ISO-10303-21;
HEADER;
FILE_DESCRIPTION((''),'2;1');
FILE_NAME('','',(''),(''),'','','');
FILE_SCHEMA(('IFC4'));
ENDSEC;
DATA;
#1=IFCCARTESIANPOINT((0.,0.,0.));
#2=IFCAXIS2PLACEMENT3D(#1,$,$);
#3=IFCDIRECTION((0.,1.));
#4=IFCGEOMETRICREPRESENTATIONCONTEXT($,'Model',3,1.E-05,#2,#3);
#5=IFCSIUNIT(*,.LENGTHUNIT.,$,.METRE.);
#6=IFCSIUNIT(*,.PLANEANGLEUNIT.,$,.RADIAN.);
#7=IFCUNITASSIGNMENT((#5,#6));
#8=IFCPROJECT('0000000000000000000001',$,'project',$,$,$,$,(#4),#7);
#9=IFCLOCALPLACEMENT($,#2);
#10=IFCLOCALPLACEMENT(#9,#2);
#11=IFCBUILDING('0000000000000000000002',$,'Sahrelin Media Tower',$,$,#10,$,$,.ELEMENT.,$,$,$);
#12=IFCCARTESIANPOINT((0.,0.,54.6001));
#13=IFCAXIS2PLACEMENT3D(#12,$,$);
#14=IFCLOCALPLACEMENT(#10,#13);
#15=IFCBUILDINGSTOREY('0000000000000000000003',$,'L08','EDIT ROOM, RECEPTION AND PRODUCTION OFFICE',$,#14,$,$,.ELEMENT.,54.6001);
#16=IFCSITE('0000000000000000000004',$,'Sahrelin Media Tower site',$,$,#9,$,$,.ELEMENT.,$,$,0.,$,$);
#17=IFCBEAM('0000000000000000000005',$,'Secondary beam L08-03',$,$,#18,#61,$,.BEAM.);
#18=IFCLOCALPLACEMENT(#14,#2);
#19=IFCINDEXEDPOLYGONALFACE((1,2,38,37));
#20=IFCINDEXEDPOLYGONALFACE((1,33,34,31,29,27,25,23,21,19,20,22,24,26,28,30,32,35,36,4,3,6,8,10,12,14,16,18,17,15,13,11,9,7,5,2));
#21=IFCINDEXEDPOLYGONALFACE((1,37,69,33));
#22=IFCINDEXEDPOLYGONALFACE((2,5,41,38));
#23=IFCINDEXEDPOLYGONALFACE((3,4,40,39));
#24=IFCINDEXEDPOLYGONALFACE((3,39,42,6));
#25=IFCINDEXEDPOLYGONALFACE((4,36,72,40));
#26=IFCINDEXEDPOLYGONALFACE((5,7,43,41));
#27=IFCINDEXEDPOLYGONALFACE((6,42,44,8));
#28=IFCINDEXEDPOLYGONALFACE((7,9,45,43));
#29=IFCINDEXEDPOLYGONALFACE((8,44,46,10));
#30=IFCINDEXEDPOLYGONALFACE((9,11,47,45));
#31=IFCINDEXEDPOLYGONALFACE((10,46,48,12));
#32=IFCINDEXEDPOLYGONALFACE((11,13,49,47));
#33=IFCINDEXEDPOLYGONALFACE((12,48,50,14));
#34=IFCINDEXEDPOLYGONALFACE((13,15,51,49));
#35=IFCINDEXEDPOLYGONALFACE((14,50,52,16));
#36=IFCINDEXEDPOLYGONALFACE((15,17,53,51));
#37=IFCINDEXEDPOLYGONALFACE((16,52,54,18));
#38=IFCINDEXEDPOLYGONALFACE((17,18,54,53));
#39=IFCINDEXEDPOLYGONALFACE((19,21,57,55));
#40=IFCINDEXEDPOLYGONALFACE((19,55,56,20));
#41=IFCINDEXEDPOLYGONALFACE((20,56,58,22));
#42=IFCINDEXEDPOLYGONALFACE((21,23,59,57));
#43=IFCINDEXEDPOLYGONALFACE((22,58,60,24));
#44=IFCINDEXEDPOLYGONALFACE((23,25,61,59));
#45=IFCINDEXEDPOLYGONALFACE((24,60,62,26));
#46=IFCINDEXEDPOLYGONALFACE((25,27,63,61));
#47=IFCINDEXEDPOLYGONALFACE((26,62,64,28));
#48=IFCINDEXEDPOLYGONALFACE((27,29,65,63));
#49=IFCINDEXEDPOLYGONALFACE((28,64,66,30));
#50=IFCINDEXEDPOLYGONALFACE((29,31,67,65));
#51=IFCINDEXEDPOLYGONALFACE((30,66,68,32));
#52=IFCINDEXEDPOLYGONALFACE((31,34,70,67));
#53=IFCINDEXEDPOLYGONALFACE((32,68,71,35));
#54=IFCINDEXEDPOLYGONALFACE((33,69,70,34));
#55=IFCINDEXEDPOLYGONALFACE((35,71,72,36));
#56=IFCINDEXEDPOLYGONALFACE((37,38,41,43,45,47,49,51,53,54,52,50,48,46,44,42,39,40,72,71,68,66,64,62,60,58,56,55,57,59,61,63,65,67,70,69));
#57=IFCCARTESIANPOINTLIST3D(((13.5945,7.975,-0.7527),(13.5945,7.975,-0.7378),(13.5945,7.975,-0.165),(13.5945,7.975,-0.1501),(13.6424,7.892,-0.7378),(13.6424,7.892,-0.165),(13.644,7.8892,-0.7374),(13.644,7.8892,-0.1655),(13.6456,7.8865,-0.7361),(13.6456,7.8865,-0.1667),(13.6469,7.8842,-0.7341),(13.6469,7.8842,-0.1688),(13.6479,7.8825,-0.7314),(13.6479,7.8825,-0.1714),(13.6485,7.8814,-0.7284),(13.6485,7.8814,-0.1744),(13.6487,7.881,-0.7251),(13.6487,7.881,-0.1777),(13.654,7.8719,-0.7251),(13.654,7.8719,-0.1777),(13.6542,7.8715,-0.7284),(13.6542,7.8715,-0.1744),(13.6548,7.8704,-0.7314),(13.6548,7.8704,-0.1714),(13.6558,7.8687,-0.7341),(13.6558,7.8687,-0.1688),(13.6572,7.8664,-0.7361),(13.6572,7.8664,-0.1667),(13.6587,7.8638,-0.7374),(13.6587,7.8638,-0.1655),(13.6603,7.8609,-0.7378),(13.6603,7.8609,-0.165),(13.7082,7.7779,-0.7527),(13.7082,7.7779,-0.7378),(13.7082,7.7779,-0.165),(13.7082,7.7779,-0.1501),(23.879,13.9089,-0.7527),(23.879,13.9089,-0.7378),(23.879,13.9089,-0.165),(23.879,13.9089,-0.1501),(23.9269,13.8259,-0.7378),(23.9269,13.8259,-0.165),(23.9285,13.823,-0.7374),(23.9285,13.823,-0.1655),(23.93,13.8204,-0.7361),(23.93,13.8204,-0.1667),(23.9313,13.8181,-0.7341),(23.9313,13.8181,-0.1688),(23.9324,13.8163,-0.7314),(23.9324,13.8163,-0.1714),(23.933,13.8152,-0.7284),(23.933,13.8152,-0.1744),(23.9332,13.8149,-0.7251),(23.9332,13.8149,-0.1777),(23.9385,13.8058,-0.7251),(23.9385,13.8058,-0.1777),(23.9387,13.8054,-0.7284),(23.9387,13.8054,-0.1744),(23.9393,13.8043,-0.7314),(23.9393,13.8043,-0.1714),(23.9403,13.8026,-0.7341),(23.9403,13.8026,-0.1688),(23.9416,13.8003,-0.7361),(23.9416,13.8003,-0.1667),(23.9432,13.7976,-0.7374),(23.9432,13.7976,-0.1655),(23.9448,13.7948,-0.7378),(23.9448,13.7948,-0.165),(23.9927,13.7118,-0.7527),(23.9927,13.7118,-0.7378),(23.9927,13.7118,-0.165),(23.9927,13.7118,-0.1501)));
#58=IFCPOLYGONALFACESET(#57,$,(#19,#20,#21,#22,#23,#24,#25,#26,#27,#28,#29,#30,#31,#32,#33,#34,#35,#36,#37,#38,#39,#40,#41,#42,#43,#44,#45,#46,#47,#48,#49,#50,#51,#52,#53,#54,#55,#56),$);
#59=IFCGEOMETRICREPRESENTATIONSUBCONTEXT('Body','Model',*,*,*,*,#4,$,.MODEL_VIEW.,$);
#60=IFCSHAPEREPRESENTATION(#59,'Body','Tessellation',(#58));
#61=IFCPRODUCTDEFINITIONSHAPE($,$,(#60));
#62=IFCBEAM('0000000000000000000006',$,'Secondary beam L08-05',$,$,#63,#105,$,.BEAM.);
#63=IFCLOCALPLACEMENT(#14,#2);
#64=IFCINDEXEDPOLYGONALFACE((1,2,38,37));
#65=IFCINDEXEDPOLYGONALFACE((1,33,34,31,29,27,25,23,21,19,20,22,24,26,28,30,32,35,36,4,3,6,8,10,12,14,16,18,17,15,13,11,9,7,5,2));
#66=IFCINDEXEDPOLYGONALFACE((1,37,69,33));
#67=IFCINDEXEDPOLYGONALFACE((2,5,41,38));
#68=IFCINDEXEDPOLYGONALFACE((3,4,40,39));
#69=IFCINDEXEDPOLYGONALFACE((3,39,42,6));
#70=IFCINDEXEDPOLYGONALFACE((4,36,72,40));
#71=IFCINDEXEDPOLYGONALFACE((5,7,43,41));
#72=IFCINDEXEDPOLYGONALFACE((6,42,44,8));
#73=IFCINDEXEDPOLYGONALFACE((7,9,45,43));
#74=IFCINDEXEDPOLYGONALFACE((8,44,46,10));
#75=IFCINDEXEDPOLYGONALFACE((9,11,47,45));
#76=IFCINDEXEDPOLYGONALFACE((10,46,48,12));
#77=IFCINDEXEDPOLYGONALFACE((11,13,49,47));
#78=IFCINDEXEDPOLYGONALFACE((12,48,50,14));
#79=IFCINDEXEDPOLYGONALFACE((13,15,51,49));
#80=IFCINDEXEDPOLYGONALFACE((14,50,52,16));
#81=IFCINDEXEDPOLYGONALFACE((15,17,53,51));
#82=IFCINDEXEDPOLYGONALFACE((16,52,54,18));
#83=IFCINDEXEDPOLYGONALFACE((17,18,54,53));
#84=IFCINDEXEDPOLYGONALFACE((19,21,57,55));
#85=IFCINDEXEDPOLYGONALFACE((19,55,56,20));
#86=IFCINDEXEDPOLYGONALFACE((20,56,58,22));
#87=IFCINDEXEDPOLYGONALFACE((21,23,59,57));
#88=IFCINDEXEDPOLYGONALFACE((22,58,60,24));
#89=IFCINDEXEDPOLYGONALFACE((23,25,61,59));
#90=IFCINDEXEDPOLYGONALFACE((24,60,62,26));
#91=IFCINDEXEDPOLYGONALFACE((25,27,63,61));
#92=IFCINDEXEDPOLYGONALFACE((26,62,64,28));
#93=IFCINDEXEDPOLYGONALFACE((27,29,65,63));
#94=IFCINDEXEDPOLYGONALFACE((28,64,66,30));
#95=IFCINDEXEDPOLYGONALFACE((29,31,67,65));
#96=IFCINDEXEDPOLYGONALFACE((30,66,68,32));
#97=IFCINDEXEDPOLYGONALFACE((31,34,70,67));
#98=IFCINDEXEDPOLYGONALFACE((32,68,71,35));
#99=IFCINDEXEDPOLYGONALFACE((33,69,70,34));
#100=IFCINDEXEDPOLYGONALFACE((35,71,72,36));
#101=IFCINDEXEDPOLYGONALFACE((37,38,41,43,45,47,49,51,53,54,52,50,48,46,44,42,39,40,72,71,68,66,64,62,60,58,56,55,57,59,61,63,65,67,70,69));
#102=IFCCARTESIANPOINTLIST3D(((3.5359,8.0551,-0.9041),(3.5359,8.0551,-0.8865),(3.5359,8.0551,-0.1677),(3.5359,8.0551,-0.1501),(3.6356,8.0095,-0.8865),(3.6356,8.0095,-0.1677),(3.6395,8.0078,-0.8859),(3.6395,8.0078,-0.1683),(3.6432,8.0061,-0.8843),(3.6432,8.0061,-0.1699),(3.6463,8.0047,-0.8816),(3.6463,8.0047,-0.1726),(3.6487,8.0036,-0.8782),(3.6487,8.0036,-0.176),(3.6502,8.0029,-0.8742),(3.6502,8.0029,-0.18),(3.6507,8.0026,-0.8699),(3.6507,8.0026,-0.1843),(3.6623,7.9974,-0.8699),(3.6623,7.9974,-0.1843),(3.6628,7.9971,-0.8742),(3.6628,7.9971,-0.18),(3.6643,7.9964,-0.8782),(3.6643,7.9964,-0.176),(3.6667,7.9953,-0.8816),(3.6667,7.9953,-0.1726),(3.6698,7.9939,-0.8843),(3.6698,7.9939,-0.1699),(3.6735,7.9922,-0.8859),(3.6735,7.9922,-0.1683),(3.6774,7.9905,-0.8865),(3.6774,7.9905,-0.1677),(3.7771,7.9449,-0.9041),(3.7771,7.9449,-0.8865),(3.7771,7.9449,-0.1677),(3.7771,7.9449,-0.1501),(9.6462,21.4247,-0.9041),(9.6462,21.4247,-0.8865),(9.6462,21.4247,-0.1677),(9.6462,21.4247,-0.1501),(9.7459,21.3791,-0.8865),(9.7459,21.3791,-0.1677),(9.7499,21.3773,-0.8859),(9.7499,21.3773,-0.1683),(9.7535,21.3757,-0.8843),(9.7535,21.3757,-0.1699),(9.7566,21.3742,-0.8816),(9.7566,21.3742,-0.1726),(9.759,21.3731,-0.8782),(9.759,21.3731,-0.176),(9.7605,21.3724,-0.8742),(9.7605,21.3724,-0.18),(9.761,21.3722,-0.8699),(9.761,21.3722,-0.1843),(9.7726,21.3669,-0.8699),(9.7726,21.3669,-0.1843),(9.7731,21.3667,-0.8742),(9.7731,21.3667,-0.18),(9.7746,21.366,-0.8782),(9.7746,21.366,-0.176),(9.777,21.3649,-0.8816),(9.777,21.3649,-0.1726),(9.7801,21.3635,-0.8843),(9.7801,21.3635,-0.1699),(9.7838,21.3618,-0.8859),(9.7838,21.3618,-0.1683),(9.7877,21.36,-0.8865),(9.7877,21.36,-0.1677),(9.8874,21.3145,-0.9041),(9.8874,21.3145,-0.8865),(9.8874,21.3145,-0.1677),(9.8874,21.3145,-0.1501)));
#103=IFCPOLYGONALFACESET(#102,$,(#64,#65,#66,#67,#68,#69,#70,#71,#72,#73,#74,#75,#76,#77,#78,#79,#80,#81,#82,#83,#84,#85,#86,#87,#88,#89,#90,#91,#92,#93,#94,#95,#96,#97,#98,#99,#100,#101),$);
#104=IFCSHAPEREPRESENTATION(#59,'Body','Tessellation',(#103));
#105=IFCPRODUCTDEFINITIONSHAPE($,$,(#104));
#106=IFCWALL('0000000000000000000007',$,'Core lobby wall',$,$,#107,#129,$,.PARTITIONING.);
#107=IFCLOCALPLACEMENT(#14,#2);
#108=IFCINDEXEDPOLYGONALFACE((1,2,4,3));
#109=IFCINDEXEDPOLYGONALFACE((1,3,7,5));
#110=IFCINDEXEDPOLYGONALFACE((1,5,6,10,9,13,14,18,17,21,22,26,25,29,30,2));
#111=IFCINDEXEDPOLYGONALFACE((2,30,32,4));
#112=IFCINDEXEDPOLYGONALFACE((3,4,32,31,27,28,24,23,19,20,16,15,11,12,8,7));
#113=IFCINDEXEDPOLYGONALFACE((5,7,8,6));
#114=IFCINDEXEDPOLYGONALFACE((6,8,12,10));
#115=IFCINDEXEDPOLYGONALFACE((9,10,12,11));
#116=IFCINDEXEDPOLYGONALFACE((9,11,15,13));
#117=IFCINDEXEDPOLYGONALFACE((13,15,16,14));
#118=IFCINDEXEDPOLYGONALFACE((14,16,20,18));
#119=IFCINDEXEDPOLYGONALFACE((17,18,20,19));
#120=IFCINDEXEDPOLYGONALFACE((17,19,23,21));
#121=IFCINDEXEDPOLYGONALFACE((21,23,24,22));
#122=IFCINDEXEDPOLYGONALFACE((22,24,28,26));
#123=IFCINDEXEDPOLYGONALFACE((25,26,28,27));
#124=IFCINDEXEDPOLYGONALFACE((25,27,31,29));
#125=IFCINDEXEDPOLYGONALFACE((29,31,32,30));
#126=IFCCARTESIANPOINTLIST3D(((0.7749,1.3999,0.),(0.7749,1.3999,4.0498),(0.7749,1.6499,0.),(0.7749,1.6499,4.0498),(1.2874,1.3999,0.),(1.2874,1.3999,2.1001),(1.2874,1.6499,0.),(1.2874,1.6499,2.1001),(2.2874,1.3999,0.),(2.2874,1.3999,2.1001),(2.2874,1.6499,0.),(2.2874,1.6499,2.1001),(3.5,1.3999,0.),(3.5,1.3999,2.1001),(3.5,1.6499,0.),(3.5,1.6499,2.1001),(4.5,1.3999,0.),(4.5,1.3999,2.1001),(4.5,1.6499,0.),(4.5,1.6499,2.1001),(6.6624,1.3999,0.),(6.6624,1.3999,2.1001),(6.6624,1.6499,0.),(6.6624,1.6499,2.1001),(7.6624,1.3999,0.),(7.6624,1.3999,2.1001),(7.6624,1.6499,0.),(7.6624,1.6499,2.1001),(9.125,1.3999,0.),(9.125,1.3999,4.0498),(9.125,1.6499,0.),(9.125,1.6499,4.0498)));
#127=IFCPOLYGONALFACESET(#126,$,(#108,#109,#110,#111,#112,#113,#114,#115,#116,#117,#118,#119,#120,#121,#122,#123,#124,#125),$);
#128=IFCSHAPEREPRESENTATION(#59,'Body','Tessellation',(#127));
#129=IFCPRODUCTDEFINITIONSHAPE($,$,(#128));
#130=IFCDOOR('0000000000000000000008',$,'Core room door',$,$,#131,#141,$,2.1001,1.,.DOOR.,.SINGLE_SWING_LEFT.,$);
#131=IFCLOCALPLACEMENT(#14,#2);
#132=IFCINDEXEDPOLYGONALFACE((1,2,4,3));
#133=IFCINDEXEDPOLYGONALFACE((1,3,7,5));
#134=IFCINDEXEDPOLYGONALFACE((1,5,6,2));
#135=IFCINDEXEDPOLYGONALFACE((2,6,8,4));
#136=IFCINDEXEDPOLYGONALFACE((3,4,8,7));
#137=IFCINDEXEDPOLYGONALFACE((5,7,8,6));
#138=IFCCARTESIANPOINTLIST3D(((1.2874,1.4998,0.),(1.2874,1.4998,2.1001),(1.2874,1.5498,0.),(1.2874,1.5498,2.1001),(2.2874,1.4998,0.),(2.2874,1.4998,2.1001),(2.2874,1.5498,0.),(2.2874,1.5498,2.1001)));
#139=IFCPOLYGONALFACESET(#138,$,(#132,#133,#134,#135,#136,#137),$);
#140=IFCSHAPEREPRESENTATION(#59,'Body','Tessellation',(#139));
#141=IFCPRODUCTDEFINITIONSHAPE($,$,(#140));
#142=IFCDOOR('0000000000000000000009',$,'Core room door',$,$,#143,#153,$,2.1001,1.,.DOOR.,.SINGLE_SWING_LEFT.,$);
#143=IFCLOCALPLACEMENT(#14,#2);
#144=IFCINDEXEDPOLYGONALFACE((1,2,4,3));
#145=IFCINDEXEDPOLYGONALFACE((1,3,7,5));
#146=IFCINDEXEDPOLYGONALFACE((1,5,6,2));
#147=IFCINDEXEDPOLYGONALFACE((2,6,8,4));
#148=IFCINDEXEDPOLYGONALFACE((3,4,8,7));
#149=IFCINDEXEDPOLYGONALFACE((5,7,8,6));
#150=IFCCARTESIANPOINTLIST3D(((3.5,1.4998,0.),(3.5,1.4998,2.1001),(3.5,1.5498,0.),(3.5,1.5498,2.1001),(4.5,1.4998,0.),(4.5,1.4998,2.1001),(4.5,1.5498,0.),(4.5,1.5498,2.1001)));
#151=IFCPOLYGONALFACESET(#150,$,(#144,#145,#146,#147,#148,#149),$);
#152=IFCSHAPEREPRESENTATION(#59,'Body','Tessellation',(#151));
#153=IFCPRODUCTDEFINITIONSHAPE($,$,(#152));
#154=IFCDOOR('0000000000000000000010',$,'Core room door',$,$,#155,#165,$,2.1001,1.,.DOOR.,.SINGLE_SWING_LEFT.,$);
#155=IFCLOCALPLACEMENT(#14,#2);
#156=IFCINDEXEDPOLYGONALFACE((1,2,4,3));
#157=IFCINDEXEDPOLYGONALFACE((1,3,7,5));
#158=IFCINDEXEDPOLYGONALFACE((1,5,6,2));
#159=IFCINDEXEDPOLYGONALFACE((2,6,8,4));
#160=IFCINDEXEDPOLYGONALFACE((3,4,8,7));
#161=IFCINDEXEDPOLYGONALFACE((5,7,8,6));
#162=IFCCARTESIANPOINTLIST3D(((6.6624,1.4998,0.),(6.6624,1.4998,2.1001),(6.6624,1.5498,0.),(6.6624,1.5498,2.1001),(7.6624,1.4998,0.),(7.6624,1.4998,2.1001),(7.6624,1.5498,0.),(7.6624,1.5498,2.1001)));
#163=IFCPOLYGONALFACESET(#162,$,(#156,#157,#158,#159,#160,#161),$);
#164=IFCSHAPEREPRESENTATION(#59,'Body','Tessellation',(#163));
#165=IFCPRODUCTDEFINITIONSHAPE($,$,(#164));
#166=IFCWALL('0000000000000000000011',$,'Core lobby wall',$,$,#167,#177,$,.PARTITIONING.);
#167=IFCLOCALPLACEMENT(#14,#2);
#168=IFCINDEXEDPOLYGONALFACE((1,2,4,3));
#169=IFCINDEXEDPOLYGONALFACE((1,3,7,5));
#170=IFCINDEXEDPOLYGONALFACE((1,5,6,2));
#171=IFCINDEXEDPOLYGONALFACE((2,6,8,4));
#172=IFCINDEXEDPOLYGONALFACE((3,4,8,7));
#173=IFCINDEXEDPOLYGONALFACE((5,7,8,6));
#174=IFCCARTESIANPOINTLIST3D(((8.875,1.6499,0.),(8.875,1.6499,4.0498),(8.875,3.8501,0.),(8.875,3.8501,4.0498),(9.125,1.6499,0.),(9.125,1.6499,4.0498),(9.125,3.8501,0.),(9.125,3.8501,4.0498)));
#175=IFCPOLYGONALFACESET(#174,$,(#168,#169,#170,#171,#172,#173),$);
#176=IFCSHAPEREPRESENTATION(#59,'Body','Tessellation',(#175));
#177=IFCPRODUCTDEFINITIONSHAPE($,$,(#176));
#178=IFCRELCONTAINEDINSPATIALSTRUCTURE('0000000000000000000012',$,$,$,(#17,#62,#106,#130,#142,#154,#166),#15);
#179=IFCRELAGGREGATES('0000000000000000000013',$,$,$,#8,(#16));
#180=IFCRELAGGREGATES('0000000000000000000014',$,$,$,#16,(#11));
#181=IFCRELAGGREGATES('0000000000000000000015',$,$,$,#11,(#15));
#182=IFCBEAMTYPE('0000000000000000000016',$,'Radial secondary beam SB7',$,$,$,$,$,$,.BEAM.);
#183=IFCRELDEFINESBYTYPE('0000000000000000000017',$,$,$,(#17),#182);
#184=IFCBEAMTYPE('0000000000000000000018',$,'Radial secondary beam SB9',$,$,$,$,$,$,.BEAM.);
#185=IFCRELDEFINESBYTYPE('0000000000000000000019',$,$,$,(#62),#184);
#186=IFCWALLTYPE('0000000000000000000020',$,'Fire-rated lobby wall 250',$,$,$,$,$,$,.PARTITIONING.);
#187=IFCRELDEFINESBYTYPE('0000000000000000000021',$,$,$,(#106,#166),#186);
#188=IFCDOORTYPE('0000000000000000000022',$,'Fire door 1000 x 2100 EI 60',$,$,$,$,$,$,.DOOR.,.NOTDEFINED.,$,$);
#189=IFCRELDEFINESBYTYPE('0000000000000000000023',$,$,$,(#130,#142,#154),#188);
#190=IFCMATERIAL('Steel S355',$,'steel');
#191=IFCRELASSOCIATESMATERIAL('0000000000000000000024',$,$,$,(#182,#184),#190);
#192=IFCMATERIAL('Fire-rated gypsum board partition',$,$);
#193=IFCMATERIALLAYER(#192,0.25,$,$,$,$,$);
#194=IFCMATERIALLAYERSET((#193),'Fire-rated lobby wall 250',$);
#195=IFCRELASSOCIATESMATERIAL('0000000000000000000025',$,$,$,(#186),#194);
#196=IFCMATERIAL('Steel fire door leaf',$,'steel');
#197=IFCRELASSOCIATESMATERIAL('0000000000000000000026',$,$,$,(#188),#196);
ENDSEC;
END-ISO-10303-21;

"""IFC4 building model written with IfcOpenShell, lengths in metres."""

from ifc_helpers import new_model, si_unit, direction, frame, frame_2d, origin, origin_2d, place, context, subcontext, project, spatial, rectangle, i_section, extrude, material, layer, layer_set, material_profile, profile_set, type_object, element, fill, save


model = new_model("IFC4")

# Units and contexts
model_context = context("Model", 3, precision=1e-05, world=origin(), true_north=direction((0.0, 1.0)))
body_context = subcontext(model_context, "Body", "Model", "MODEL_VIEW")
ifc_project = project(units=[si_unit("LENGTHUNIT", "METRE"), si_unit("PLANEANGLEUNIT", "RADIAN")], contexts=[model_context])

# Site, building, storey
site_placement = place(None, origin())
site = spatial("IfcSite", under=ifc_project, at=site_placement, Name="Sahrelin Media Tower site", CompositionType="ELEMENT", RefElevation=0.0)
building_placement = place(site_placement, origin())
building = spatial("IfcBuilding", under=site, at=building_placement, Name="Sahrelin Media Tower", CompositionType="ELEMENT")
storey_placement = place(building_placement, frame((0.0, 0.0, 54.6001)))
storey = spatial("IfcBuildingStorey", under=building, at=storey_placement, Name="L08", Description="EDIT ROOM, RECEPTION AND PRODUCTION OFFICE", CompositionType="ELEMENT", Elevation=54.6001)

# Beams
ifc_material_1 = material(Name="Steel S355", Category="steel")
ifc_material_profile_1 = material_profile(ifc_material_1, i_section(OverallWidth=0.2275, OverallDepth=0.6025, WebThickness=0.0105, FlangeThickness=0.0149, FilletRadius=0.0127, at=origin_2d()), Name="UB 610x229x101")
ifc_profile_set_1 = profile_set([ifc_material_profile_1], Name="Steel S355")
beam_type_1 = type_object("IfcBeamType", Name="Radial secondary beam SB7", PredefinedType="BEAM", material=ifc_profile_set_1)
beam_1_placement = place(storey_placement, frame((13.6514, 7.8765, -0.4514), z_axis=(0.866167, 0.499755, 0.0), x_axis=(-0.499755, 0.866167, 0.0)))
element("IfcBeam", 1, at=beam_1_placement, inside=storey, type_object=beam_type_1, Name="Secondary beam L08-03", PredefinedType="BEAM", context=body_context, shape_type="SweptSolid", body=[
    extrude(i_section(OverallWidth=0.2275, OverallDepth=0.6025, WebThickness=0.0105, FlangeThickness=0.0149, FilletRadius=0.0127, at=origin_2d()), origin(), (0.0, 0.0, 1.0), 11.8735),
])
ifc_material_profile_2 = material_profile(ifc_material_1, i_section(OverallWidth=0.2651, OverallDepth=0.7539, WebThickness=0.0127, FlangeThickness=0.0176, FilletRadius=0.0166, at=origin_2d()), Name="UB 762x267x147")
ifc_profile_set_2 = profile_set([ifc_material_profile_2], Name="Steel S355")
beam_type_2 = type_object("IfcBeamType", Name="Radial secondary beam SB9", PredefinedType="BEAM", material=ifc_profile_set_2)
beam_2_placement = place(storey_placement, frame((3.6565, 8.0, -0.5271), z_axis=(0.415677, 0.909513, 0.0), x_axis=(-0.909513, 0.415677, 0.0)))
element("IfcBeam", 2, at=beam_2_placement, inside=storey, type_object=beam_type_2, Name="Secondary beam L08-05", PredefinedType="BEAM", context=body_context, shape_type="SweptSolid", body=[
    extrude(i_section(OverallWidth=0.2651, OverallDepth=0.7539, WebThickness=0.0127, FlangeThickness=0.0176, FilletRadius=0.0166, at=origin_2d()), origin(), (0.0, 0.0, 1.0), 14.6997),
])

# Wall, openings, doors
ifc_material_2 = material(Name="Fire-rated gypsum board partition")
ifc_layer_1 = layer(ifc_material_2, 0.25)
ifc_layer_set_1 = layer_set([ifc_layer_1], Name="Fire-rated lobby wall 250")
wall_type_1 = type_object("IfcWallType", Name="Fire-rated lobby wall 250", PredefinedType="PARTITIONING", material=ifc_layer_set_1)
wall_1_placement = place(storey_placement, frame((0.7749, 1.5249, 0.0), z_axis=(0.0, 0.0, 1.0), x_axis=(1.0, 0.0, 0.0)))
wall_1 = element("IfcWall", 3, at=wall_1_placement, inside=storey, type_object=wall_type_1, Name="Core lobby wall", PredefinedType="PARTITIONING", context=body_context, shape_type="SweptSolid", body=[
    extrude(rectangle(XDim=8.3501, YDim=0.25, at=frame_2d((4.175, 0.0))), origin(), (0.0, 0.0, 1.0), 4.0498),
])
opening_1_placement = place(wall_1_placement, frame((0.5125, 0.0, 0.0)))
opening_1 = element("IfcOpeningElement", 4, at=opening_1_placement, cuts=wall_1, PredefinedType="OPENING", context=body_context, shape_type="SweptSolid", body=[
    extrude(rectangle(XDim=1.0, YDim=2.1001, at=frame_2d((0.5, 1.05))), frame((0.0, 0.125, 0.0), z_axis=(0.0, -1.0, 0.0), x_axis=(1.0, 0.0, 0.0)), (0.0, 0.0, 1.0), 0.25),
])
opening_2_placement = place(wall_1_placement, frame((2.7251, 0.0, 0.0)))
opening_2 = element("IfcOpeningElement", 5, at=opening_2_placement, cuts=wall_1, PredefinedType="OPENING", context=body_context, shape_type="SweptSolid", body=[
    extrude(rectangle(XDim=1.0, YDim=2.1001, at=frame_2d((0.5, 1.05))), frame((0.0, 0.125, 0.0), z_axis=(0.0, -1.0, 0.0), x_axis=(1.0, 0.0, 0.0)), (0.0, 0.0, 1.0), 0.25),
])
opening_3_placement = place(wall_1_placement, frame((5.8875, 0.0, 0.0)))
opening_3 = element("IfcOpeningElement", 6, at=opening_3_placement, cuts=wall_1, PredefinedType="OPENING", context=body_context, shape_type="SweptSolid", body=[
    extrude(rectangle(XDim=1.0, YDim=2.1001, at=frame_2d((0.5, 1.05))), frame((0.0, 0.125, 0.0), z_axis=(0.0, -1.0, 0.0), x_axis=(1.0, 0.0, 0.0)), (0.0, 0.0, 1.0), 0.25),
])
ifc_material_3 = material(Name="Steel fire door leaf", Category="steel")
door_type_1 = type_object("IfcDoorType", Name="Fire door 1000 x 2100 EI 60", OperationType="NOTDEFINED", PredefinedType="DOOR", material=ifc_material_3)
door_1_placement = place(opening_1_placement, origin())
door_1 = element("IfcDoor", 7, at=door_1_placement, inside=storey, type_object=door_type_1, Name="Core room door", OperationType="SINGLE_SWING_LEFT", OverallHeight=2.1001, OverallWidth=1.0, PredefinedType="DOOR", context=body_context, shape_type="SweptSolid", body=[
    extrude(rectangle(XDim=1.0, YDim=2.1001, at=frame_2d((0.5, 1.05))), frame((0.0, 0.0249, 0.0), z_axis=(0.0, -1.0, 0.0), x_axis=(1.0, 0.0, 0.0)), (0.0, 0.0, 1.0), 0.05),
])
fill(opening_1, door_1)
door_2_placement = place(opening_2_placement, origin())
door_2 = element("IfcDoor", 8, at=door_2_placement, inside=storey, type_object=door_type_1, Name="Core room door", OperationType="SINGLE_SWING_LEFT", OverallHeight=2.1001, OverallWidth=1.0, PredefinedType="DOOR", context=body_context, shape_type="SweptSolid", body=[
    extrude(rectangle(XDim=1.0, YDim=2.1001, at=frame_2d((0.5, 1.05))), frame((0.0, 0.0249, 0.0), z_axis=(0.0, -1.0, 0.0), x_axis=(1.0, 0.0, 0.0)), (0.0, 0.0, 1.0), 0.05),
])
fill(opening_2, door_2)
door_3_placement = place(opening_3_placement, origin())
door_3 = element("IfcDoor", 9, at=door_3_placement, inside=storey, type_object=door_type_1, Name="Core room door", OperationType="SINGLE_SWING_LEFT", OverallHeight=2.1001, OverallWidth=1.0, PredefinedType="DOOR", context=body_context, shape_type="SweptSolid", body=[
    extrude(rectangle(XDim=1.0, YDim=2.1001, at=frame_2d((0.5, 1.05))), frame((0.0, 0.0249, 0.0), z_axis=(0.0, -1.0, 0.0), x_axis=(1.0, 0.0, 0.0)), (0.0, 0.0, 1.0), 0.05),
])
fill(opening_3, door_3)

# Wall
for number, where, z_axis, x_axis, name in (
    (10, (9.0, 1.6499, 0.0), (0.0, 0.0, 1.0), (0.0, 1.0, 0.0), "Core lobby wall"),
):
    element("IfcWall", number, at=place(storey_placement, frame(where, z_axis=z_axis, x_axis=x_axis)), inside=storey, type_object=wall_type_1, Name=name, PredefinedType="PARTITIONING", context=body_context, shape_type="SweptSolid", body=[
        extrude(rectangle(XDim=2.2002, YDim=0.25, at=frame_2d((1.1001, 0.0))), origin(), (0.0, 0.0, 1.0), 4.0498),
    ])

save(model, "model.ifc")
